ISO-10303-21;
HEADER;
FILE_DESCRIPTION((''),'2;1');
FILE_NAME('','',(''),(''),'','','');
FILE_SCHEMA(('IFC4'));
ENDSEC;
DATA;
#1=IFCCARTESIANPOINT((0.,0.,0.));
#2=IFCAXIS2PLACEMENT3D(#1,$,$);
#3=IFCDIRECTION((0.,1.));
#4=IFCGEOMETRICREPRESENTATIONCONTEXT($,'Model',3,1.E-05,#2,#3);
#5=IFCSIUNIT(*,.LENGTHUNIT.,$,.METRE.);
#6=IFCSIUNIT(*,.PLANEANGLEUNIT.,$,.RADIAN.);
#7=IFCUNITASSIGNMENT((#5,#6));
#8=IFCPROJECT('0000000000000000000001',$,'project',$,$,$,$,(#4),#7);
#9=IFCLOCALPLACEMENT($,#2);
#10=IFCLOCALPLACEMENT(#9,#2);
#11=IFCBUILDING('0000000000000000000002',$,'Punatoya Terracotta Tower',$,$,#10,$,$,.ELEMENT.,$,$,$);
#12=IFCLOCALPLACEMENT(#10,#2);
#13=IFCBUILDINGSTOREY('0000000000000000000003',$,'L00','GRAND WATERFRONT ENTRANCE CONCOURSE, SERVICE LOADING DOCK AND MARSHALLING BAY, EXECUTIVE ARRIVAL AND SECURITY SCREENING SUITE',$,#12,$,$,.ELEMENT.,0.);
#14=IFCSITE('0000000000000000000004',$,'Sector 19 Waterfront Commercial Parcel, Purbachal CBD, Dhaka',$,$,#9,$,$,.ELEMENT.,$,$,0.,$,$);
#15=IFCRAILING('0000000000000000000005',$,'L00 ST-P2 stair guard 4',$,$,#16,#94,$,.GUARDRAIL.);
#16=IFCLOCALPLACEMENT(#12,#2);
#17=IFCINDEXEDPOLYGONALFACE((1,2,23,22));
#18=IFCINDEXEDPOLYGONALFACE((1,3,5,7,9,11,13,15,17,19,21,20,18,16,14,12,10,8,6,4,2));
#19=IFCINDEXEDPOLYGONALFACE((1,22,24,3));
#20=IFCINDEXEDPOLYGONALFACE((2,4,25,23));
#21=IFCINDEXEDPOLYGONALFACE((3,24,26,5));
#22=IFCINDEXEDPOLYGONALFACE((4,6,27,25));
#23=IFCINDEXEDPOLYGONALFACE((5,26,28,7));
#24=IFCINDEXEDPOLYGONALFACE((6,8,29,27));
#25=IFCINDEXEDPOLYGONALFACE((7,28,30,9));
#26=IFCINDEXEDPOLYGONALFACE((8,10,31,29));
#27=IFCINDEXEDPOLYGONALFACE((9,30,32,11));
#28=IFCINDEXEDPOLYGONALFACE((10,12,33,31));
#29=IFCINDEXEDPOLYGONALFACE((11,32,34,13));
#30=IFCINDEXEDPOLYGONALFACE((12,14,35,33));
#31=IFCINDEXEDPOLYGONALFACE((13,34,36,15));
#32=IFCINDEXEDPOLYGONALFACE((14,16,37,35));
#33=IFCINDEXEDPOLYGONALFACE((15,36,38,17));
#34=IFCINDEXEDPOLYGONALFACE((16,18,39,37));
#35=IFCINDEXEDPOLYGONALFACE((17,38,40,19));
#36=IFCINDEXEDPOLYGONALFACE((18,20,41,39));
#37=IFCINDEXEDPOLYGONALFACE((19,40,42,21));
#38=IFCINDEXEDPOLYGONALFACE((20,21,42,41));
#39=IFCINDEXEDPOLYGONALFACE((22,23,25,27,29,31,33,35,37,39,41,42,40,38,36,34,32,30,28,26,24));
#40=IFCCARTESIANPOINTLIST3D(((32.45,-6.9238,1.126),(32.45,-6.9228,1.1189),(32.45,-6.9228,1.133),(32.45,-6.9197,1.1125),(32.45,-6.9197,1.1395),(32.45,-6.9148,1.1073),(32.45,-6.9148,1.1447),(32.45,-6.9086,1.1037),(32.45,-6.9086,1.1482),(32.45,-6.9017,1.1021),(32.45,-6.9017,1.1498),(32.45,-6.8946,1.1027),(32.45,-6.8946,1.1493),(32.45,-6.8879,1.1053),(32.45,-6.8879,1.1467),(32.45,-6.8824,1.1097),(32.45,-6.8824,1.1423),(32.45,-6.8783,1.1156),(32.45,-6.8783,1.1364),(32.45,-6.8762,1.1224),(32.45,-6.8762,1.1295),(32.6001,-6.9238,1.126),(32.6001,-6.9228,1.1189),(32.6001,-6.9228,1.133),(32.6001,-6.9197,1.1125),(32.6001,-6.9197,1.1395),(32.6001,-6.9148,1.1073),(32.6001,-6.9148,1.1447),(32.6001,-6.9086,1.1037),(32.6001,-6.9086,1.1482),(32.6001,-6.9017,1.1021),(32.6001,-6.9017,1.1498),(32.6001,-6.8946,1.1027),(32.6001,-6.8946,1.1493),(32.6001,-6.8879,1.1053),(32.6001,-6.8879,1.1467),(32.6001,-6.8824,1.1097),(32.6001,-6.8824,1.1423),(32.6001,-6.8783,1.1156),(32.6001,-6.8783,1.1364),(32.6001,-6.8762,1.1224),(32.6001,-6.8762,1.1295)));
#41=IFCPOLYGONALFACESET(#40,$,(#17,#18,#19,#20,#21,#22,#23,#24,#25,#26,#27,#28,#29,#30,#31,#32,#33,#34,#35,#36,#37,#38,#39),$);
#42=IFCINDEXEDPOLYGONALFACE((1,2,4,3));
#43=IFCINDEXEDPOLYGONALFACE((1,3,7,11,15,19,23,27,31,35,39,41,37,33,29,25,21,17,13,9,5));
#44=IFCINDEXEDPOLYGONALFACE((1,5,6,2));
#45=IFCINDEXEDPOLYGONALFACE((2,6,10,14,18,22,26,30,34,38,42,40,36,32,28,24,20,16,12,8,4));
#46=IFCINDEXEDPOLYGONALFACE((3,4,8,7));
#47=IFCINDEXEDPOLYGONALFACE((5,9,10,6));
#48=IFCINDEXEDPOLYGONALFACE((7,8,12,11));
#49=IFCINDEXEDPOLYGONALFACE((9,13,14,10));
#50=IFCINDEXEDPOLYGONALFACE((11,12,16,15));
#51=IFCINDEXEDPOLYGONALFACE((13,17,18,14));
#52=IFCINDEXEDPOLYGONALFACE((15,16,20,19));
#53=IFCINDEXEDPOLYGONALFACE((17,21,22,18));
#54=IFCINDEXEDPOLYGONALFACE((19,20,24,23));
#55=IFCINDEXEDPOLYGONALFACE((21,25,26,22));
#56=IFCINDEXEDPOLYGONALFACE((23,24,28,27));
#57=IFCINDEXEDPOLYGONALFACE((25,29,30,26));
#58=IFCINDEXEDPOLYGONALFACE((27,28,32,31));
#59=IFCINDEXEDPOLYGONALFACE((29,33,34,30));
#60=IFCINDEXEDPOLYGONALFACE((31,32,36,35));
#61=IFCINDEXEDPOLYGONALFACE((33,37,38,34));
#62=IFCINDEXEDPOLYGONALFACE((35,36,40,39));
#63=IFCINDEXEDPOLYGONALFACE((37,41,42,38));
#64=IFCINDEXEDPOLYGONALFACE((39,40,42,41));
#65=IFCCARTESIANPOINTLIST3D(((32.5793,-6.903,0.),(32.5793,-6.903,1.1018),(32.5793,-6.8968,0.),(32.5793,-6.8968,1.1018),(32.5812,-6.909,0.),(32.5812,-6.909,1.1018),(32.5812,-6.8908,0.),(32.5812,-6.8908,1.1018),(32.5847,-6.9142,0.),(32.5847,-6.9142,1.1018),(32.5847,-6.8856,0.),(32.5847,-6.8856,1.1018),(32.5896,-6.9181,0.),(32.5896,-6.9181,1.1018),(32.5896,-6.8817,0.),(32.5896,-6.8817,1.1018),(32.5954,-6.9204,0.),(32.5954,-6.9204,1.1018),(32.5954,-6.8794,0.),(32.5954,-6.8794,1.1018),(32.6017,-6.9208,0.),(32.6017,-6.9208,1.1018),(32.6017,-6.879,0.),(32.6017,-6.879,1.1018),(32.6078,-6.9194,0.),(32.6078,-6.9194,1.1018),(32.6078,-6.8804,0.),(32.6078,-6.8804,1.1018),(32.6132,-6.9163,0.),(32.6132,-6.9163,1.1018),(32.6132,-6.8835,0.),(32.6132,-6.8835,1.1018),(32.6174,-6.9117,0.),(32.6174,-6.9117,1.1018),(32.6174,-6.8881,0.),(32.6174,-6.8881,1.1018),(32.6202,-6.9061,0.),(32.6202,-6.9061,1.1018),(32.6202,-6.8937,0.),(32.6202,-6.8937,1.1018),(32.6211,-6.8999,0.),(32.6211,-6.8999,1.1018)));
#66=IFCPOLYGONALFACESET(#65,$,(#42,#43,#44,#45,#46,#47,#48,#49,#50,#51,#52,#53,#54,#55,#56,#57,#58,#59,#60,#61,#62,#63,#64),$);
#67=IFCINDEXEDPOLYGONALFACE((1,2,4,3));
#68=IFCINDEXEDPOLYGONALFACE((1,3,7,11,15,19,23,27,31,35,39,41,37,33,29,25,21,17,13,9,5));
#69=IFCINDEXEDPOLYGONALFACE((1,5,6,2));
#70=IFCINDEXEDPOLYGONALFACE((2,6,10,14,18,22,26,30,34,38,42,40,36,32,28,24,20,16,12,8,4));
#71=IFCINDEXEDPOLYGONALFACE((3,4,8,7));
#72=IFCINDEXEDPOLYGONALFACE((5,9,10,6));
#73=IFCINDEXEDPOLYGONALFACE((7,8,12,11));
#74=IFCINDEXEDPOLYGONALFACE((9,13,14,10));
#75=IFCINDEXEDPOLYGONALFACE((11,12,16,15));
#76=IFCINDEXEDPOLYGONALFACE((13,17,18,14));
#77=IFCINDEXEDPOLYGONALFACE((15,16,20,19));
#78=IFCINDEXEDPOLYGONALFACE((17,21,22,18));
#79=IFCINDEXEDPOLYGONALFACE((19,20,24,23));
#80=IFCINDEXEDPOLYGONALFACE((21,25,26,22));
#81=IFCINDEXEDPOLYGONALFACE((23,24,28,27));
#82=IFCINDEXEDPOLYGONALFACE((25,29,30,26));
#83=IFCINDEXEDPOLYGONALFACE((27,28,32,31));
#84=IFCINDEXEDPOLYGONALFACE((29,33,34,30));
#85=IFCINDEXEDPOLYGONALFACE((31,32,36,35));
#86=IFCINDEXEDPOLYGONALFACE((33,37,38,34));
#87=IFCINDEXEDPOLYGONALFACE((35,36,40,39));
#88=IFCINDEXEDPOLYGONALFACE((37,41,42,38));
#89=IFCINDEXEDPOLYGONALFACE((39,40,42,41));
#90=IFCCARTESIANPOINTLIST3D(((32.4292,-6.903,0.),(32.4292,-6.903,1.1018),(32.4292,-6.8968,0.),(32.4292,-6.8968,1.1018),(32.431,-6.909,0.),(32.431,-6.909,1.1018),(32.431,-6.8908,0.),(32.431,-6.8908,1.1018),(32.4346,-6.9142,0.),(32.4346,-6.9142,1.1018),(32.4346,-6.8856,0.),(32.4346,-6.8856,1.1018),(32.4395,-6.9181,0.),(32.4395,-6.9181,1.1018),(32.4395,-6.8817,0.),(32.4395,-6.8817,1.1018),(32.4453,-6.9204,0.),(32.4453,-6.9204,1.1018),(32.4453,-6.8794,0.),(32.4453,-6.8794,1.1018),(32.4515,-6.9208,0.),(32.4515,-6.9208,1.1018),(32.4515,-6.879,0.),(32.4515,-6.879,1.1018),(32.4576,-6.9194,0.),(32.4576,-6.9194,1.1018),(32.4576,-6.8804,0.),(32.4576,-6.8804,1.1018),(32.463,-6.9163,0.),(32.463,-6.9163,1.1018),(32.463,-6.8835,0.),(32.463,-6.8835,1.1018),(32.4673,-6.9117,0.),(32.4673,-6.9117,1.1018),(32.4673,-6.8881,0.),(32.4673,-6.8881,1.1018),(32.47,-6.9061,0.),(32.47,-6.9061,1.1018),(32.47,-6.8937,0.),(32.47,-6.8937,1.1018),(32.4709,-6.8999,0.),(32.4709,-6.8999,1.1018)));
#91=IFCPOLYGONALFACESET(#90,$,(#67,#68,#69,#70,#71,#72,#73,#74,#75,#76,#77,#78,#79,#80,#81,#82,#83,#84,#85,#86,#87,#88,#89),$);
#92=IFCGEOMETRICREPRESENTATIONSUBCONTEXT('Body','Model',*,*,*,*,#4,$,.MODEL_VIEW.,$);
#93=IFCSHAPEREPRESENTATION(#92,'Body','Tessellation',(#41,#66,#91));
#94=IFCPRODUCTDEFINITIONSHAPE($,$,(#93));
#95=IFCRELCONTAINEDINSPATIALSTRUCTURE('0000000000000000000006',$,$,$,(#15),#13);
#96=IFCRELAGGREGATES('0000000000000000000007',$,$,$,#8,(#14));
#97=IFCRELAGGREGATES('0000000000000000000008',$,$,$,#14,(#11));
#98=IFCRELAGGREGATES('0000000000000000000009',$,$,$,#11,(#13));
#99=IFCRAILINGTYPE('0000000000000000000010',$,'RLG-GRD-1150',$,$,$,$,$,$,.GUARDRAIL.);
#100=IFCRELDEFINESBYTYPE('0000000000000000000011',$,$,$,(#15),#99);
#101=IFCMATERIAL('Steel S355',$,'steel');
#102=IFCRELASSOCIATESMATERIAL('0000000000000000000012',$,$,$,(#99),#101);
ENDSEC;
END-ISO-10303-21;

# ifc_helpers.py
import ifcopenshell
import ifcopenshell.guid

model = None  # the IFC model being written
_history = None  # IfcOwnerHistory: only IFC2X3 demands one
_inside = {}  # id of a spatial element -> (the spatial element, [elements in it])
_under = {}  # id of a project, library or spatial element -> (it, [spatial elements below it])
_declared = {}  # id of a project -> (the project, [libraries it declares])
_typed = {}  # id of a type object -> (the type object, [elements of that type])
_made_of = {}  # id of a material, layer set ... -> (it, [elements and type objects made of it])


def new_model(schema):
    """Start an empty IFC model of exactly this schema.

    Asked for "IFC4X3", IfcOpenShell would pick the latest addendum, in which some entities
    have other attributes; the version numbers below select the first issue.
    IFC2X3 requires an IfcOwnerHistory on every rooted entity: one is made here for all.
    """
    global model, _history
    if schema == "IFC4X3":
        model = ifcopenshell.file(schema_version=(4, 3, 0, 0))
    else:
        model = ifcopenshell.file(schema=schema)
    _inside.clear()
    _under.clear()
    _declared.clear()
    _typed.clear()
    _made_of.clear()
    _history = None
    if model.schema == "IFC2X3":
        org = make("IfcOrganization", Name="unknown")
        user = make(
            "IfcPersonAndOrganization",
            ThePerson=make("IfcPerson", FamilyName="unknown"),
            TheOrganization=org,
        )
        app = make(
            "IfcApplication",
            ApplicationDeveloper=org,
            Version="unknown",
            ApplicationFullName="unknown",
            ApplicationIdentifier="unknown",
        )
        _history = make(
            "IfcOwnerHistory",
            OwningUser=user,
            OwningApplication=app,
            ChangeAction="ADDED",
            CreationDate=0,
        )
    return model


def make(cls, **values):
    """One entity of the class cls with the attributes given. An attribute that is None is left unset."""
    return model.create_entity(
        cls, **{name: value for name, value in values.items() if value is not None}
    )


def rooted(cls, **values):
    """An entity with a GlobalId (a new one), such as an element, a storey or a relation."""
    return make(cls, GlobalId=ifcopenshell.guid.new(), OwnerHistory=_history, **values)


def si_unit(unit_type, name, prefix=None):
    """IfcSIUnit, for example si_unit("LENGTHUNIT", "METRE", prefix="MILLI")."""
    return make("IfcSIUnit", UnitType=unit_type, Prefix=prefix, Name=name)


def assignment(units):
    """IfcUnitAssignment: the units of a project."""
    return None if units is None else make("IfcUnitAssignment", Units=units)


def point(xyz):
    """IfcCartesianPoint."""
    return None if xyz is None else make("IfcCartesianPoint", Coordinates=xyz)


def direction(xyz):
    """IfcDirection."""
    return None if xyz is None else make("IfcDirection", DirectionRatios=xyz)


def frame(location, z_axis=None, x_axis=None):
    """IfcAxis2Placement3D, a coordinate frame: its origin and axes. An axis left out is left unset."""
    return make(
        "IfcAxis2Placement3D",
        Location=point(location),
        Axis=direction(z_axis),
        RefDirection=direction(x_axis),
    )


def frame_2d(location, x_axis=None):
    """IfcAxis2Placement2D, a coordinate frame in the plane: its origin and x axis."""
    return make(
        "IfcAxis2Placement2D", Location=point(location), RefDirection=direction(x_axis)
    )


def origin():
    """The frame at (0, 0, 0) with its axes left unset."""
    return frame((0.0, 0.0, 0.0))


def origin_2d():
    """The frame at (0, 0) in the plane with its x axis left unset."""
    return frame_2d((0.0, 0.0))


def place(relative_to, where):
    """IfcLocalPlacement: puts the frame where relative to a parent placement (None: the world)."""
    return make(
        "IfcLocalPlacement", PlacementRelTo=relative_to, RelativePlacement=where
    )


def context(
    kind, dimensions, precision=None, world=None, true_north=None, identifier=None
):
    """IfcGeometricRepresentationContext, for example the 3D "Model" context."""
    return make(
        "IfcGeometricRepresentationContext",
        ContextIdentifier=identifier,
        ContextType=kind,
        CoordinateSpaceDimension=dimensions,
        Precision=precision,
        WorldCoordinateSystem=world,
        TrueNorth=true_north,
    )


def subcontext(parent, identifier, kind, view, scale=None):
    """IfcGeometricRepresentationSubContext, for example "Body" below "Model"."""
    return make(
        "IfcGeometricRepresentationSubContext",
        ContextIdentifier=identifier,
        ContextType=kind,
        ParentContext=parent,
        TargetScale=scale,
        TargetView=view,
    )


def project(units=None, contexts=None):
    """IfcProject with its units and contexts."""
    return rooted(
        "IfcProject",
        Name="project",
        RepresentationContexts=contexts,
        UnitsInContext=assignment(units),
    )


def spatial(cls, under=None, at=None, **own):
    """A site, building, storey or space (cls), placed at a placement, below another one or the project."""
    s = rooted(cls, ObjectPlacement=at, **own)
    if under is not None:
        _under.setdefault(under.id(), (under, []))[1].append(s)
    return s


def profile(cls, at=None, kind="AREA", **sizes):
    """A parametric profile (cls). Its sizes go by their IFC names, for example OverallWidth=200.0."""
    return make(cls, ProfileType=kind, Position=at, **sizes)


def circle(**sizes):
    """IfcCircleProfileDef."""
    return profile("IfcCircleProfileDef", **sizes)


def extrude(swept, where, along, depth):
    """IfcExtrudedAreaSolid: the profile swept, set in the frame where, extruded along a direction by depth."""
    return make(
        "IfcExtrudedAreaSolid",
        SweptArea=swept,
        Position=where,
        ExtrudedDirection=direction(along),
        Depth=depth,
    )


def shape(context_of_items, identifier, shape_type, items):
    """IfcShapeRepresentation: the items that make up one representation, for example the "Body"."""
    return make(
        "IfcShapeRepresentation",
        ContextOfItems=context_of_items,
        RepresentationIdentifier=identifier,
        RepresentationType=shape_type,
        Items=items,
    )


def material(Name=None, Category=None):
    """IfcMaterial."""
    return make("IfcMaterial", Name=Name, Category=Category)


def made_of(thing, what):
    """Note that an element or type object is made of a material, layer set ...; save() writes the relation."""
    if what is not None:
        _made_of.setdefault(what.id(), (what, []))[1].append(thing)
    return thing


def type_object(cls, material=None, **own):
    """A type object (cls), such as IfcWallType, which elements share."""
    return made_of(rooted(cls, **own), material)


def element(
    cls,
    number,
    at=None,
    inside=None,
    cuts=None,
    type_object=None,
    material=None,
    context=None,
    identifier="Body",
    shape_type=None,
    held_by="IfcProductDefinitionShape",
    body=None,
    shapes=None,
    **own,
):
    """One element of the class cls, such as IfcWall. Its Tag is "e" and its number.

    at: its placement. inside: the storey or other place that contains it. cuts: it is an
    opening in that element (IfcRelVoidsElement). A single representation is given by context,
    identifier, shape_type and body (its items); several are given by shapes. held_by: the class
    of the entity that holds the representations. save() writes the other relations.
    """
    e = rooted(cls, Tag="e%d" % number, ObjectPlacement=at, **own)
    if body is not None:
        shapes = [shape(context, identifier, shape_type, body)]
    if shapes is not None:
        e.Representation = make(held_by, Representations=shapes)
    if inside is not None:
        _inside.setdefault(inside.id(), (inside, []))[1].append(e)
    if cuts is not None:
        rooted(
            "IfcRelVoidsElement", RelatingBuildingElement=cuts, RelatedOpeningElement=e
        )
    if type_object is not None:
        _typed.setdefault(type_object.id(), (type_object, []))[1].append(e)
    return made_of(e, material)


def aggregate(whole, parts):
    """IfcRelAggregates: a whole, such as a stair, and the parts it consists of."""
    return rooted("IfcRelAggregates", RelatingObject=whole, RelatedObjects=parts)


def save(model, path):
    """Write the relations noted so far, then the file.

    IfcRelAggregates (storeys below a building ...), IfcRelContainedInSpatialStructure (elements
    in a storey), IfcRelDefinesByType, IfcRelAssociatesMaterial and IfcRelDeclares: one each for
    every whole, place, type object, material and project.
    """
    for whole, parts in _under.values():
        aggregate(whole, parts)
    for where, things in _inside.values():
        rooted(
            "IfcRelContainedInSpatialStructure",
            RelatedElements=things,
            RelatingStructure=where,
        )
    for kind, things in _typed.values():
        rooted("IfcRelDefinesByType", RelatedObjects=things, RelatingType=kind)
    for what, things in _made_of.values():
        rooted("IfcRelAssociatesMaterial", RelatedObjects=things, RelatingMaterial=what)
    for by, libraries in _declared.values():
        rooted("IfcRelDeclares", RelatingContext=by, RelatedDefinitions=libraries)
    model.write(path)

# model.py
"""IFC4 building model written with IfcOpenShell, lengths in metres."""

from ifc_helpers import new_model, si_unit, direction, frame, origin, origin_2d, place, context, subcontext, project, spatial, circle, extrude, material, type_object, element, save


model = new_model("IFC4")

# Units and contexts
model_context = context("Model", 3, precision=1e-05, world=origin(), true_north=direction((0.0, 1.0)))
body_context = subcontext(model_context, "Body", "Model", "MODEL_VIEW")
ifc_project = project(units=[si_unit("LENGTHUNIT", "METRE"), si_unit("PLANEANGLEUNIT", "RADIAN")], contexts=[model_context])

# Site, building, storey
site_placement = place(None, origin())
site = spatial("IfcSite", under=ifc_project, at=site_placement, Name="Sector 19 Waterfront Commercial Parcel, Purbachal CBD, Dhaka", CompositionType="ELEMENT", RefElevation=0.0)
building_placement = place(site_placement, origin())
building = spatial("IfcBuilding", under=site, at=building_placement, Name="Punatoya Terracotta Tower", CompositionType="ELEMENT")
storey_placement = place(building_placement, origin())
storey = spatial("IfcBuildingStorey", under=building, at=storey_placement, Name="L00", Description="GRAND WATERFRONT ENTRANCE CONCOURSE, SERVICE LOADING DOCK AND MARSHALLING BAY, EXECUTIVE ARRIVAL AND SECURITY SCREENING SUITE", CompositionType="ELEMENT", Elevation=0.0)

# Shared definitions
ifc_material_1 = material(Name="Steel S355", Category="steel")

# Railing
railing_type_1 = type_object("IfcRailingType", Name="RLG-GRD-1150", PredefinedType="GUARDRAIL", material=ifc_material_1)
railing_1_placement = place(storey_placement, frame((32.6001, -6.8999, 0.0)))
element("IfcRailing", 1, at=railing_1_placement, inside=storey, type_object=railing_type_1, Name="L00 ST-P2 stair guard 4", PredefinedType="GUARDRAIL", context=body_context, shape_type="SweptSolid", body=[
    extrude(circle(Radius=0.0239, at=origin_2d()), frame((0.0, 0.0, 1.126), z_axis=(-1.0, 0.0, 0.0), x_axis=(0.0, -1.0, 0.0)), (0.0, 0.0, 1.0), 0.1501),
    extrude(circle(Radius=0.021, at=origin_2d()), origin(), (0.0, 0.0, 1.0), 1.1018),
    extrude(circle(Radius=0.021, at=origin_2d()), frame((-0.1501, 0.0, 0.0)), (0.0, 0.0, 1.0), 1.1018),
])

save(model, "model.ifc")
